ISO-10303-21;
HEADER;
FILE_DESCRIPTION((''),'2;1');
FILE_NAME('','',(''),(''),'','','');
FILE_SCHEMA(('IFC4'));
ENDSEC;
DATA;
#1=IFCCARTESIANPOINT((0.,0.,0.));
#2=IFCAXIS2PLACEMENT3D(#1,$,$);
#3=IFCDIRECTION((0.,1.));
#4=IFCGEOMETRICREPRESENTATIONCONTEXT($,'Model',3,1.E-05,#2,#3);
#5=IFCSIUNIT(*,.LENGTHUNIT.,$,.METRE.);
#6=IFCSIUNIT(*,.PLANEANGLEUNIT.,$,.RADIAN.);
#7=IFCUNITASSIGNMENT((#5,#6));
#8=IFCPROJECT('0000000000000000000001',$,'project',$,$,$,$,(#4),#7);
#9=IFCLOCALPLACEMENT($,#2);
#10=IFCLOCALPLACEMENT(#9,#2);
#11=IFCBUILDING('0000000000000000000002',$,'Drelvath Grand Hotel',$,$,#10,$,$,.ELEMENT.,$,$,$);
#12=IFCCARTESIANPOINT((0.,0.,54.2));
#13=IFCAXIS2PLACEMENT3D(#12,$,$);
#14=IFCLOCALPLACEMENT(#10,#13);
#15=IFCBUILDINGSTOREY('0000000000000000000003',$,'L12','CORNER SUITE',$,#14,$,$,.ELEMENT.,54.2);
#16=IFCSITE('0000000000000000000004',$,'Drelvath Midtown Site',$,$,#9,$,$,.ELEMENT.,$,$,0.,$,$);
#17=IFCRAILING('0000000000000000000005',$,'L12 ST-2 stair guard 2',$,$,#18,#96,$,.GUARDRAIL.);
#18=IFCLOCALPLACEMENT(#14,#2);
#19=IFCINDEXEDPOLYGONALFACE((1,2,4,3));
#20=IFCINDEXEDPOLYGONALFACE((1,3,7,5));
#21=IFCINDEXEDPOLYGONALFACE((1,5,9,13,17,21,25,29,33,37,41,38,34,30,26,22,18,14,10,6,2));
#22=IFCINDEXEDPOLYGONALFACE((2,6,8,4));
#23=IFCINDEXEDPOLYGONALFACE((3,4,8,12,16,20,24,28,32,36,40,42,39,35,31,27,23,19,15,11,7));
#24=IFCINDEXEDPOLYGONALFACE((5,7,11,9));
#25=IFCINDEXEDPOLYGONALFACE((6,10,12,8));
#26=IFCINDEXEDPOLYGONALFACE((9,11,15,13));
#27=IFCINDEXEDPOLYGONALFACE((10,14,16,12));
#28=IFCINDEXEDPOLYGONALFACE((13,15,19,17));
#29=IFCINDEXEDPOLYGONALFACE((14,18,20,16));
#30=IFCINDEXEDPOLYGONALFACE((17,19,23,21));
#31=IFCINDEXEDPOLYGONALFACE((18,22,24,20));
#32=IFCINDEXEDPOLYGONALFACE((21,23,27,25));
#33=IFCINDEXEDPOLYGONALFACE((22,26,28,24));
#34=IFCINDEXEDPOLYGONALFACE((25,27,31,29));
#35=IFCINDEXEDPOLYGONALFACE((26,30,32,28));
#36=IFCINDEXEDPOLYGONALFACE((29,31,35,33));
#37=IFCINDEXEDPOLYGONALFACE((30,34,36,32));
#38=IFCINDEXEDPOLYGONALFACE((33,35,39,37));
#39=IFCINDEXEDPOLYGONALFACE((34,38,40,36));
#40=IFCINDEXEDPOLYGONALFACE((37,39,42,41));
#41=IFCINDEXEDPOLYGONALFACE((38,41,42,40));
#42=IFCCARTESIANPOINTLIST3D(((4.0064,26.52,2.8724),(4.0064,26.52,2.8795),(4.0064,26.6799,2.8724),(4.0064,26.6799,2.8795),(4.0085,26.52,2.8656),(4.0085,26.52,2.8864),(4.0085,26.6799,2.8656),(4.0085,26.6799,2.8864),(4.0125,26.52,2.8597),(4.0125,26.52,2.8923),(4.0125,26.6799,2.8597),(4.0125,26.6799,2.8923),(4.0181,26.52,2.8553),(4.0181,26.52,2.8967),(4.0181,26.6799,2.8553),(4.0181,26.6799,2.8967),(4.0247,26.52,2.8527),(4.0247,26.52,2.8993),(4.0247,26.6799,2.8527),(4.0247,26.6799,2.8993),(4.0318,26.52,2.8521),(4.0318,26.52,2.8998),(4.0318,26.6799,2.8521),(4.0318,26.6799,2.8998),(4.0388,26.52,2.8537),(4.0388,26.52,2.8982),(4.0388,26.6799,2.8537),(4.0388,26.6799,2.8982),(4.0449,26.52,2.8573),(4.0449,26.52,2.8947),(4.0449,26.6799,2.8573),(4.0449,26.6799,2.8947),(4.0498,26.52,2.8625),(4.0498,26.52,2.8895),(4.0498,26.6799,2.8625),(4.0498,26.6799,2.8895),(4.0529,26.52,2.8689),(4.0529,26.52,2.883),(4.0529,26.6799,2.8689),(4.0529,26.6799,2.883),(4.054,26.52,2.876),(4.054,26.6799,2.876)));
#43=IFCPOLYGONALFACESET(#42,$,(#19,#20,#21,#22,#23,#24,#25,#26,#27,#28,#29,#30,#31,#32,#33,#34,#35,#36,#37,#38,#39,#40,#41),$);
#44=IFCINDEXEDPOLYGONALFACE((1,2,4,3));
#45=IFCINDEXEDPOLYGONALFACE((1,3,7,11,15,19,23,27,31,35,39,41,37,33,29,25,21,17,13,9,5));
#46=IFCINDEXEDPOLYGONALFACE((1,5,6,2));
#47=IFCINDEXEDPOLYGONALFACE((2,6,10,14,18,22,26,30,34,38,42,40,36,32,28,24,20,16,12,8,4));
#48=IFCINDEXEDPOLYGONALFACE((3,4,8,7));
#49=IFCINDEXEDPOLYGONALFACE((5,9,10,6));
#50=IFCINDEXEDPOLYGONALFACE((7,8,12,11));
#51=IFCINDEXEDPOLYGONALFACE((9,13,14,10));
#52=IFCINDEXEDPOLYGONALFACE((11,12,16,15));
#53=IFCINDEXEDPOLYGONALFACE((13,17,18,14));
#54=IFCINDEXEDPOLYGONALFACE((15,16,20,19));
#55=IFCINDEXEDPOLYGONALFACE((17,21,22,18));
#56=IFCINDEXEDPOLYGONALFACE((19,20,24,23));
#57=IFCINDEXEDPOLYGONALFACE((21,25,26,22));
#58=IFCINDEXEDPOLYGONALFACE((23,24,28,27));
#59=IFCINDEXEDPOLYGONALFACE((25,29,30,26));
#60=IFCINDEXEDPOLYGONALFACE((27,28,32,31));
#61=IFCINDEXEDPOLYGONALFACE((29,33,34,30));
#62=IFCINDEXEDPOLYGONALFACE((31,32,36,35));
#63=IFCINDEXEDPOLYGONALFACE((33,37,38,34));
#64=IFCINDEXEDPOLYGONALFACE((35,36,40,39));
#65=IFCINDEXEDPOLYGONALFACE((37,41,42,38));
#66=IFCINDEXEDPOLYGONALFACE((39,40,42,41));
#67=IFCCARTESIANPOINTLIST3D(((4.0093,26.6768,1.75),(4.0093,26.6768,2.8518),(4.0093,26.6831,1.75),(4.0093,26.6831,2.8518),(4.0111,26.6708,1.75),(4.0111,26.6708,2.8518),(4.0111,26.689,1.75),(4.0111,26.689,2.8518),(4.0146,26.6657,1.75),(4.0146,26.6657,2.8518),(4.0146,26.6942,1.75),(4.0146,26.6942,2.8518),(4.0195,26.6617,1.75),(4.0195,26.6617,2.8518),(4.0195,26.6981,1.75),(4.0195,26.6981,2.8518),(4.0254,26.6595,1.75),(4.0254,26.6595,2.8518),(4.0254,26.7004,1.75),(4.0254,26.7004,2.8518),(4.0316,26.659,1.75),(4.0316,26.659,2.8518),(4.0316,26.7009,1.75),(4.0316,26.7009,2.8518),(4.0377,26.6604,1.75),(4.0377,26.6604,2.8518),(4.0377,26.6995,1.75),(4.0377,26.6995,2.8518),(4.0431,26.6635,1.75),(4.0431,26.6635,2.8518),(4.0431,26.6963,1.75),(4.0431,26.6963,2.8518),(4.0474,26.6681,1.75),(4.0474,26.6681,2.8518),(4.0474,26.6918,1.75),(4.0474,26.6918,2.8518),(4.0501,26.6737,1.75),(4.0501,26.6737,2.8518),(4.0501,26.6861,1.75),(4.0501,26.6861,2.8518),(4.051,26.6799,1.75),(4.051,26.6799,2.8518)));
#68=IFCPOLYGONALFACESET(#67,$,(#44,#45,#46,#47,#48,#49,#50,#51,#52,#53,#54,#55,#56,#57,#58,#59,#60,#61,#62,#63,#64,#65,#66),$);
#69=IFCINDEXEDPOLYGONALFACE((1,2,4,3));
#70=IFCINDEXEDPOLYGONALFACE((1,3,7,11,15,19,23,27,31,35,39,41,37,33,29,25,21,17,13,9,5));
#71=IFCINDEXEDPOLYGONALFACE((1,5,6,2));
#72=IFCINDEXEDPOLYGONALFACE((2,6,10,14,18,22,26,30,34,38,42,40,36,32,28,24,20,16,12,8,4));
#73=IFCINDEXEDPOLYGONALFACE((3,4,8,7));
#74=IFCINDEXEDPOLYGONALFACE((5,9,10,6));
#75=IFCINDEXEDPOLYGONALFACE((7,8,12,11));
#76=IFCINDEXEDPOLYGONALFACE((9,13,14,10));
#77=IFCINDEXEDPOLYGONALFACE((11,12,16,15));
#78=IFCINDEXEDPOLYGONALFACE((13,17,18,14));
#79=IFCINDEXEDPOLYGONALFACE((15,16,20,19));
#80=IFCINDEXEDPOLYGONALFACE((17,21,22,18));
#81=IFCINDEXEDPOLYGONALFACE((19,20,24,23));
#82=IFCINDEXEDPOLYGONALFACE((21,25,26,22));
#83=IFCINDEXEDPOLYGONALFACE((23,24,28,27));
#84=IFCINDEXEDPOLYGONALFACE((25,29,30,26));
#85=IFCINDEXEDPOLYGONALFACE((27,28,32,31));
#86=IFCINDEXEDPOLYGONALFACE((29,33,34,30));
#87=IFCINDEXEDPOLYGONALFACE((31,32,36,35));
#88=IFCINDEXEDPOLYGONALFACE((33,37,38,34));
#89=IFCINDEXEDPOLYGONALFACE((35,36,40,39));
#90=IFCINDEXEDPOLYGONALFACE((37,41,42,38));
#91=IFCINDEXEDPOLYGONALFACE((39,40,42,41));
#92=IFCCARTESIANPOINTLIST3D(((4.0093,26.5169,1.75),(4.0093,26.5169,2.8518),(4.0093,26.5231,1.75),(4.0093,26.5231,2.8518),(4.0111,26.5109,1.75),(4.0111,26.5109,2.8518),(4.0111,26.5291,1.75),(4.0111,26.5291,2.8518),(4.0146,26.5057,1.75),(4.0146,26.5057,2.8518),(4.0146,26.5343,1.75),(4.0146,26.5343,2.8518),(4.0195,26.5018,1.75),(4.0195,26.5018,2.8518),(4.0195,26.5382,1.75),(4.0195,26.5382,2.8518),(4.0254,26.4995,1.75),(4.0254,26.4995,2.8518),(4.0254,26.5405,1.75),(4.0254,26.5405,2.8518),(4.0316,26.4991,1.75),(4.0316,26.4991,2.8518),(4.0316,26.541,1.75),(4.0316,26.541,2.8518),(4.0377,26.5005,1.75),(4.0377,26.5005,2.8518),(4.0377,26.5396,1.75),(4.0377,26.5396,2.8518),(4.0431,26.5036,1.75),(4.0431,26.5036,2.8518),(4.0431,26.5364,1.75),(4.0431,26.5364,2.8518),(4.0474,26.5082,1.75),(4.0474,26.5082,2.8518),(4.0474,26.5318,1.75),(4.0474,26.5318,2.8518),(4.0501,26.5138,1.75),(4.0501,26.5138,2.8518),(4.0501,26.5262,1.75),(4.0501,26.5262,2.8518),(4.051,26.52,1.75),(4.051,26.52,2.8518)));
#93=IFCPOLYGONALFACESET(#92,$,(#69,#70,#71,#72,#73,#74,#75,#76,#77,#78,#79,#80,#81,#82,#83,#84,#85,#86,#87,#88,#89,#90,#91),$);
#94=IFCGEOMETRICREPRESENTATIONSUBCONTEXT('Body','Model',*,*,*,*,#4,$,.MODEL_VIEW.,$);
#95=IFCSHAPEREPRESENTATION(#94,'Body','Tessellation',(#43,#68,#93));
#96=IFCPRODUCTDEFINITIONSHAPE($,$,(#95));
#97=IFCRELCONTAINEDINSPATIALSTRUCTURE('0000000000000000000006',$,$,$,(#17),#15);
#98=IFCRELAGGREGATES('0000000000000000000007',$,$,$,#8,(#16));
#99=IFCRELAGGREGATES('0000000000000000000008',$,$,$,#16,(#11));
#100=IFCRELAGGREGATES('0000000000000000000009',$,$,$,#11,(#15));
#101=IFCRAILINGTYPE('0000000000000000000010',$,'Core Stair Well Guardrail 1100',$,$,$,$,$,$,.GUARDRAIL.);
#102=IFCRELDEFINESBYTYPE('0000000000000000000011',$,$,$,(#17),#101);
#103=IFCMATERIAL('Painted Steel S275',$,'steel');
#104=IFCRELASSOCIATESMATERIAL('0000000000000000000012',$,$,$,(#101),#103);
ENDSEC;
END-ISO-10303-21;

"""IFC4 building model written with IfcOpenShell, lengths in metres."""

from ifc_helpers import new_model, si_unit, direction, frame, origin, origin_2d, place, context, subcontext, project, spatial, circle, extrude, material, type_object, element, save


model = new_model("IFC4")

# Units and contexts
model_context = context("Model", 3, precision=1e-05, world=origin(), true_north=direction((0.0, 1.0)))
body_context = subcontext(model_context, "Body", "Model", "MODEL_VIEW")
ifc_project = project(units=[si_unit("LENGTHUNIT", "METRE"), si_unit("PLANEANGLEUNIT", "RADIAN")], contexts=[model_context])

# Site, building, storey
site_placement = place(None, origin())
site = spatial("IfcSite", under=ifc_project, at=site_placement, Name="Drelvath Midtown Site", CompositionType="ELEMENT", RefElevation=0.0)
building_placement = place(site_placement, origin())
building = spatial("IfcBuilding", under=site, at=building_placement, Name="Drelvath Grand Hotel", CompositionType="ELEMENT")
storey_placement = place(building_placement, frame((0.0, 0.0, 54.2)))
storey = spatial("IfcBuildingStorey", under=building, at=storey_placement, Name="L12", Description="CORNER SUITE", CompositionType="ELEMENT", Elevation=54.2)

# Shared definitions
ifc_material_1 = material(Name="Painted Steel S275", Category="steel")

# Railing
railing_type_1 = type_object("IfcRailingType", Name="Core Stair Well Guardrail 1100", PredefinedType="GUARDRAIL", material=ifc_material_1)
railing_1_placement = place(storey_placement, frame((4.03, 26.6799, 1.75)))
element("IfcRailing", 1, at=railing_1_placement, inside=storey, type_object=railing_type_1, Name="L12 ST-2 stair guard 2", PredefinedType="GUARDRAIL", context=body_context, shape_type="SweptSolid", body=[
    extrude(circle(Radius=0.0239, at=origin_2d()), frame((0.0, 0.0, 1.126), z_axis=(0.0, -1.0, 0.0), x_axis=(1.0, 0.0, 0.0)), (0.0, 0.0, 1.0), 0.1599),
    extrude(circle(Radius=0.021, at=origin_2d()), origin(), (0.0, 0.0, 1.0), 1.1018),
    extrude(circle(Radius=0.021, at=origin_2d()), frame((0.0, -0.1599, 0.0)), (0.0, 0.0, 1.0), 1.1018),
])

save(model, "model.ifc")
